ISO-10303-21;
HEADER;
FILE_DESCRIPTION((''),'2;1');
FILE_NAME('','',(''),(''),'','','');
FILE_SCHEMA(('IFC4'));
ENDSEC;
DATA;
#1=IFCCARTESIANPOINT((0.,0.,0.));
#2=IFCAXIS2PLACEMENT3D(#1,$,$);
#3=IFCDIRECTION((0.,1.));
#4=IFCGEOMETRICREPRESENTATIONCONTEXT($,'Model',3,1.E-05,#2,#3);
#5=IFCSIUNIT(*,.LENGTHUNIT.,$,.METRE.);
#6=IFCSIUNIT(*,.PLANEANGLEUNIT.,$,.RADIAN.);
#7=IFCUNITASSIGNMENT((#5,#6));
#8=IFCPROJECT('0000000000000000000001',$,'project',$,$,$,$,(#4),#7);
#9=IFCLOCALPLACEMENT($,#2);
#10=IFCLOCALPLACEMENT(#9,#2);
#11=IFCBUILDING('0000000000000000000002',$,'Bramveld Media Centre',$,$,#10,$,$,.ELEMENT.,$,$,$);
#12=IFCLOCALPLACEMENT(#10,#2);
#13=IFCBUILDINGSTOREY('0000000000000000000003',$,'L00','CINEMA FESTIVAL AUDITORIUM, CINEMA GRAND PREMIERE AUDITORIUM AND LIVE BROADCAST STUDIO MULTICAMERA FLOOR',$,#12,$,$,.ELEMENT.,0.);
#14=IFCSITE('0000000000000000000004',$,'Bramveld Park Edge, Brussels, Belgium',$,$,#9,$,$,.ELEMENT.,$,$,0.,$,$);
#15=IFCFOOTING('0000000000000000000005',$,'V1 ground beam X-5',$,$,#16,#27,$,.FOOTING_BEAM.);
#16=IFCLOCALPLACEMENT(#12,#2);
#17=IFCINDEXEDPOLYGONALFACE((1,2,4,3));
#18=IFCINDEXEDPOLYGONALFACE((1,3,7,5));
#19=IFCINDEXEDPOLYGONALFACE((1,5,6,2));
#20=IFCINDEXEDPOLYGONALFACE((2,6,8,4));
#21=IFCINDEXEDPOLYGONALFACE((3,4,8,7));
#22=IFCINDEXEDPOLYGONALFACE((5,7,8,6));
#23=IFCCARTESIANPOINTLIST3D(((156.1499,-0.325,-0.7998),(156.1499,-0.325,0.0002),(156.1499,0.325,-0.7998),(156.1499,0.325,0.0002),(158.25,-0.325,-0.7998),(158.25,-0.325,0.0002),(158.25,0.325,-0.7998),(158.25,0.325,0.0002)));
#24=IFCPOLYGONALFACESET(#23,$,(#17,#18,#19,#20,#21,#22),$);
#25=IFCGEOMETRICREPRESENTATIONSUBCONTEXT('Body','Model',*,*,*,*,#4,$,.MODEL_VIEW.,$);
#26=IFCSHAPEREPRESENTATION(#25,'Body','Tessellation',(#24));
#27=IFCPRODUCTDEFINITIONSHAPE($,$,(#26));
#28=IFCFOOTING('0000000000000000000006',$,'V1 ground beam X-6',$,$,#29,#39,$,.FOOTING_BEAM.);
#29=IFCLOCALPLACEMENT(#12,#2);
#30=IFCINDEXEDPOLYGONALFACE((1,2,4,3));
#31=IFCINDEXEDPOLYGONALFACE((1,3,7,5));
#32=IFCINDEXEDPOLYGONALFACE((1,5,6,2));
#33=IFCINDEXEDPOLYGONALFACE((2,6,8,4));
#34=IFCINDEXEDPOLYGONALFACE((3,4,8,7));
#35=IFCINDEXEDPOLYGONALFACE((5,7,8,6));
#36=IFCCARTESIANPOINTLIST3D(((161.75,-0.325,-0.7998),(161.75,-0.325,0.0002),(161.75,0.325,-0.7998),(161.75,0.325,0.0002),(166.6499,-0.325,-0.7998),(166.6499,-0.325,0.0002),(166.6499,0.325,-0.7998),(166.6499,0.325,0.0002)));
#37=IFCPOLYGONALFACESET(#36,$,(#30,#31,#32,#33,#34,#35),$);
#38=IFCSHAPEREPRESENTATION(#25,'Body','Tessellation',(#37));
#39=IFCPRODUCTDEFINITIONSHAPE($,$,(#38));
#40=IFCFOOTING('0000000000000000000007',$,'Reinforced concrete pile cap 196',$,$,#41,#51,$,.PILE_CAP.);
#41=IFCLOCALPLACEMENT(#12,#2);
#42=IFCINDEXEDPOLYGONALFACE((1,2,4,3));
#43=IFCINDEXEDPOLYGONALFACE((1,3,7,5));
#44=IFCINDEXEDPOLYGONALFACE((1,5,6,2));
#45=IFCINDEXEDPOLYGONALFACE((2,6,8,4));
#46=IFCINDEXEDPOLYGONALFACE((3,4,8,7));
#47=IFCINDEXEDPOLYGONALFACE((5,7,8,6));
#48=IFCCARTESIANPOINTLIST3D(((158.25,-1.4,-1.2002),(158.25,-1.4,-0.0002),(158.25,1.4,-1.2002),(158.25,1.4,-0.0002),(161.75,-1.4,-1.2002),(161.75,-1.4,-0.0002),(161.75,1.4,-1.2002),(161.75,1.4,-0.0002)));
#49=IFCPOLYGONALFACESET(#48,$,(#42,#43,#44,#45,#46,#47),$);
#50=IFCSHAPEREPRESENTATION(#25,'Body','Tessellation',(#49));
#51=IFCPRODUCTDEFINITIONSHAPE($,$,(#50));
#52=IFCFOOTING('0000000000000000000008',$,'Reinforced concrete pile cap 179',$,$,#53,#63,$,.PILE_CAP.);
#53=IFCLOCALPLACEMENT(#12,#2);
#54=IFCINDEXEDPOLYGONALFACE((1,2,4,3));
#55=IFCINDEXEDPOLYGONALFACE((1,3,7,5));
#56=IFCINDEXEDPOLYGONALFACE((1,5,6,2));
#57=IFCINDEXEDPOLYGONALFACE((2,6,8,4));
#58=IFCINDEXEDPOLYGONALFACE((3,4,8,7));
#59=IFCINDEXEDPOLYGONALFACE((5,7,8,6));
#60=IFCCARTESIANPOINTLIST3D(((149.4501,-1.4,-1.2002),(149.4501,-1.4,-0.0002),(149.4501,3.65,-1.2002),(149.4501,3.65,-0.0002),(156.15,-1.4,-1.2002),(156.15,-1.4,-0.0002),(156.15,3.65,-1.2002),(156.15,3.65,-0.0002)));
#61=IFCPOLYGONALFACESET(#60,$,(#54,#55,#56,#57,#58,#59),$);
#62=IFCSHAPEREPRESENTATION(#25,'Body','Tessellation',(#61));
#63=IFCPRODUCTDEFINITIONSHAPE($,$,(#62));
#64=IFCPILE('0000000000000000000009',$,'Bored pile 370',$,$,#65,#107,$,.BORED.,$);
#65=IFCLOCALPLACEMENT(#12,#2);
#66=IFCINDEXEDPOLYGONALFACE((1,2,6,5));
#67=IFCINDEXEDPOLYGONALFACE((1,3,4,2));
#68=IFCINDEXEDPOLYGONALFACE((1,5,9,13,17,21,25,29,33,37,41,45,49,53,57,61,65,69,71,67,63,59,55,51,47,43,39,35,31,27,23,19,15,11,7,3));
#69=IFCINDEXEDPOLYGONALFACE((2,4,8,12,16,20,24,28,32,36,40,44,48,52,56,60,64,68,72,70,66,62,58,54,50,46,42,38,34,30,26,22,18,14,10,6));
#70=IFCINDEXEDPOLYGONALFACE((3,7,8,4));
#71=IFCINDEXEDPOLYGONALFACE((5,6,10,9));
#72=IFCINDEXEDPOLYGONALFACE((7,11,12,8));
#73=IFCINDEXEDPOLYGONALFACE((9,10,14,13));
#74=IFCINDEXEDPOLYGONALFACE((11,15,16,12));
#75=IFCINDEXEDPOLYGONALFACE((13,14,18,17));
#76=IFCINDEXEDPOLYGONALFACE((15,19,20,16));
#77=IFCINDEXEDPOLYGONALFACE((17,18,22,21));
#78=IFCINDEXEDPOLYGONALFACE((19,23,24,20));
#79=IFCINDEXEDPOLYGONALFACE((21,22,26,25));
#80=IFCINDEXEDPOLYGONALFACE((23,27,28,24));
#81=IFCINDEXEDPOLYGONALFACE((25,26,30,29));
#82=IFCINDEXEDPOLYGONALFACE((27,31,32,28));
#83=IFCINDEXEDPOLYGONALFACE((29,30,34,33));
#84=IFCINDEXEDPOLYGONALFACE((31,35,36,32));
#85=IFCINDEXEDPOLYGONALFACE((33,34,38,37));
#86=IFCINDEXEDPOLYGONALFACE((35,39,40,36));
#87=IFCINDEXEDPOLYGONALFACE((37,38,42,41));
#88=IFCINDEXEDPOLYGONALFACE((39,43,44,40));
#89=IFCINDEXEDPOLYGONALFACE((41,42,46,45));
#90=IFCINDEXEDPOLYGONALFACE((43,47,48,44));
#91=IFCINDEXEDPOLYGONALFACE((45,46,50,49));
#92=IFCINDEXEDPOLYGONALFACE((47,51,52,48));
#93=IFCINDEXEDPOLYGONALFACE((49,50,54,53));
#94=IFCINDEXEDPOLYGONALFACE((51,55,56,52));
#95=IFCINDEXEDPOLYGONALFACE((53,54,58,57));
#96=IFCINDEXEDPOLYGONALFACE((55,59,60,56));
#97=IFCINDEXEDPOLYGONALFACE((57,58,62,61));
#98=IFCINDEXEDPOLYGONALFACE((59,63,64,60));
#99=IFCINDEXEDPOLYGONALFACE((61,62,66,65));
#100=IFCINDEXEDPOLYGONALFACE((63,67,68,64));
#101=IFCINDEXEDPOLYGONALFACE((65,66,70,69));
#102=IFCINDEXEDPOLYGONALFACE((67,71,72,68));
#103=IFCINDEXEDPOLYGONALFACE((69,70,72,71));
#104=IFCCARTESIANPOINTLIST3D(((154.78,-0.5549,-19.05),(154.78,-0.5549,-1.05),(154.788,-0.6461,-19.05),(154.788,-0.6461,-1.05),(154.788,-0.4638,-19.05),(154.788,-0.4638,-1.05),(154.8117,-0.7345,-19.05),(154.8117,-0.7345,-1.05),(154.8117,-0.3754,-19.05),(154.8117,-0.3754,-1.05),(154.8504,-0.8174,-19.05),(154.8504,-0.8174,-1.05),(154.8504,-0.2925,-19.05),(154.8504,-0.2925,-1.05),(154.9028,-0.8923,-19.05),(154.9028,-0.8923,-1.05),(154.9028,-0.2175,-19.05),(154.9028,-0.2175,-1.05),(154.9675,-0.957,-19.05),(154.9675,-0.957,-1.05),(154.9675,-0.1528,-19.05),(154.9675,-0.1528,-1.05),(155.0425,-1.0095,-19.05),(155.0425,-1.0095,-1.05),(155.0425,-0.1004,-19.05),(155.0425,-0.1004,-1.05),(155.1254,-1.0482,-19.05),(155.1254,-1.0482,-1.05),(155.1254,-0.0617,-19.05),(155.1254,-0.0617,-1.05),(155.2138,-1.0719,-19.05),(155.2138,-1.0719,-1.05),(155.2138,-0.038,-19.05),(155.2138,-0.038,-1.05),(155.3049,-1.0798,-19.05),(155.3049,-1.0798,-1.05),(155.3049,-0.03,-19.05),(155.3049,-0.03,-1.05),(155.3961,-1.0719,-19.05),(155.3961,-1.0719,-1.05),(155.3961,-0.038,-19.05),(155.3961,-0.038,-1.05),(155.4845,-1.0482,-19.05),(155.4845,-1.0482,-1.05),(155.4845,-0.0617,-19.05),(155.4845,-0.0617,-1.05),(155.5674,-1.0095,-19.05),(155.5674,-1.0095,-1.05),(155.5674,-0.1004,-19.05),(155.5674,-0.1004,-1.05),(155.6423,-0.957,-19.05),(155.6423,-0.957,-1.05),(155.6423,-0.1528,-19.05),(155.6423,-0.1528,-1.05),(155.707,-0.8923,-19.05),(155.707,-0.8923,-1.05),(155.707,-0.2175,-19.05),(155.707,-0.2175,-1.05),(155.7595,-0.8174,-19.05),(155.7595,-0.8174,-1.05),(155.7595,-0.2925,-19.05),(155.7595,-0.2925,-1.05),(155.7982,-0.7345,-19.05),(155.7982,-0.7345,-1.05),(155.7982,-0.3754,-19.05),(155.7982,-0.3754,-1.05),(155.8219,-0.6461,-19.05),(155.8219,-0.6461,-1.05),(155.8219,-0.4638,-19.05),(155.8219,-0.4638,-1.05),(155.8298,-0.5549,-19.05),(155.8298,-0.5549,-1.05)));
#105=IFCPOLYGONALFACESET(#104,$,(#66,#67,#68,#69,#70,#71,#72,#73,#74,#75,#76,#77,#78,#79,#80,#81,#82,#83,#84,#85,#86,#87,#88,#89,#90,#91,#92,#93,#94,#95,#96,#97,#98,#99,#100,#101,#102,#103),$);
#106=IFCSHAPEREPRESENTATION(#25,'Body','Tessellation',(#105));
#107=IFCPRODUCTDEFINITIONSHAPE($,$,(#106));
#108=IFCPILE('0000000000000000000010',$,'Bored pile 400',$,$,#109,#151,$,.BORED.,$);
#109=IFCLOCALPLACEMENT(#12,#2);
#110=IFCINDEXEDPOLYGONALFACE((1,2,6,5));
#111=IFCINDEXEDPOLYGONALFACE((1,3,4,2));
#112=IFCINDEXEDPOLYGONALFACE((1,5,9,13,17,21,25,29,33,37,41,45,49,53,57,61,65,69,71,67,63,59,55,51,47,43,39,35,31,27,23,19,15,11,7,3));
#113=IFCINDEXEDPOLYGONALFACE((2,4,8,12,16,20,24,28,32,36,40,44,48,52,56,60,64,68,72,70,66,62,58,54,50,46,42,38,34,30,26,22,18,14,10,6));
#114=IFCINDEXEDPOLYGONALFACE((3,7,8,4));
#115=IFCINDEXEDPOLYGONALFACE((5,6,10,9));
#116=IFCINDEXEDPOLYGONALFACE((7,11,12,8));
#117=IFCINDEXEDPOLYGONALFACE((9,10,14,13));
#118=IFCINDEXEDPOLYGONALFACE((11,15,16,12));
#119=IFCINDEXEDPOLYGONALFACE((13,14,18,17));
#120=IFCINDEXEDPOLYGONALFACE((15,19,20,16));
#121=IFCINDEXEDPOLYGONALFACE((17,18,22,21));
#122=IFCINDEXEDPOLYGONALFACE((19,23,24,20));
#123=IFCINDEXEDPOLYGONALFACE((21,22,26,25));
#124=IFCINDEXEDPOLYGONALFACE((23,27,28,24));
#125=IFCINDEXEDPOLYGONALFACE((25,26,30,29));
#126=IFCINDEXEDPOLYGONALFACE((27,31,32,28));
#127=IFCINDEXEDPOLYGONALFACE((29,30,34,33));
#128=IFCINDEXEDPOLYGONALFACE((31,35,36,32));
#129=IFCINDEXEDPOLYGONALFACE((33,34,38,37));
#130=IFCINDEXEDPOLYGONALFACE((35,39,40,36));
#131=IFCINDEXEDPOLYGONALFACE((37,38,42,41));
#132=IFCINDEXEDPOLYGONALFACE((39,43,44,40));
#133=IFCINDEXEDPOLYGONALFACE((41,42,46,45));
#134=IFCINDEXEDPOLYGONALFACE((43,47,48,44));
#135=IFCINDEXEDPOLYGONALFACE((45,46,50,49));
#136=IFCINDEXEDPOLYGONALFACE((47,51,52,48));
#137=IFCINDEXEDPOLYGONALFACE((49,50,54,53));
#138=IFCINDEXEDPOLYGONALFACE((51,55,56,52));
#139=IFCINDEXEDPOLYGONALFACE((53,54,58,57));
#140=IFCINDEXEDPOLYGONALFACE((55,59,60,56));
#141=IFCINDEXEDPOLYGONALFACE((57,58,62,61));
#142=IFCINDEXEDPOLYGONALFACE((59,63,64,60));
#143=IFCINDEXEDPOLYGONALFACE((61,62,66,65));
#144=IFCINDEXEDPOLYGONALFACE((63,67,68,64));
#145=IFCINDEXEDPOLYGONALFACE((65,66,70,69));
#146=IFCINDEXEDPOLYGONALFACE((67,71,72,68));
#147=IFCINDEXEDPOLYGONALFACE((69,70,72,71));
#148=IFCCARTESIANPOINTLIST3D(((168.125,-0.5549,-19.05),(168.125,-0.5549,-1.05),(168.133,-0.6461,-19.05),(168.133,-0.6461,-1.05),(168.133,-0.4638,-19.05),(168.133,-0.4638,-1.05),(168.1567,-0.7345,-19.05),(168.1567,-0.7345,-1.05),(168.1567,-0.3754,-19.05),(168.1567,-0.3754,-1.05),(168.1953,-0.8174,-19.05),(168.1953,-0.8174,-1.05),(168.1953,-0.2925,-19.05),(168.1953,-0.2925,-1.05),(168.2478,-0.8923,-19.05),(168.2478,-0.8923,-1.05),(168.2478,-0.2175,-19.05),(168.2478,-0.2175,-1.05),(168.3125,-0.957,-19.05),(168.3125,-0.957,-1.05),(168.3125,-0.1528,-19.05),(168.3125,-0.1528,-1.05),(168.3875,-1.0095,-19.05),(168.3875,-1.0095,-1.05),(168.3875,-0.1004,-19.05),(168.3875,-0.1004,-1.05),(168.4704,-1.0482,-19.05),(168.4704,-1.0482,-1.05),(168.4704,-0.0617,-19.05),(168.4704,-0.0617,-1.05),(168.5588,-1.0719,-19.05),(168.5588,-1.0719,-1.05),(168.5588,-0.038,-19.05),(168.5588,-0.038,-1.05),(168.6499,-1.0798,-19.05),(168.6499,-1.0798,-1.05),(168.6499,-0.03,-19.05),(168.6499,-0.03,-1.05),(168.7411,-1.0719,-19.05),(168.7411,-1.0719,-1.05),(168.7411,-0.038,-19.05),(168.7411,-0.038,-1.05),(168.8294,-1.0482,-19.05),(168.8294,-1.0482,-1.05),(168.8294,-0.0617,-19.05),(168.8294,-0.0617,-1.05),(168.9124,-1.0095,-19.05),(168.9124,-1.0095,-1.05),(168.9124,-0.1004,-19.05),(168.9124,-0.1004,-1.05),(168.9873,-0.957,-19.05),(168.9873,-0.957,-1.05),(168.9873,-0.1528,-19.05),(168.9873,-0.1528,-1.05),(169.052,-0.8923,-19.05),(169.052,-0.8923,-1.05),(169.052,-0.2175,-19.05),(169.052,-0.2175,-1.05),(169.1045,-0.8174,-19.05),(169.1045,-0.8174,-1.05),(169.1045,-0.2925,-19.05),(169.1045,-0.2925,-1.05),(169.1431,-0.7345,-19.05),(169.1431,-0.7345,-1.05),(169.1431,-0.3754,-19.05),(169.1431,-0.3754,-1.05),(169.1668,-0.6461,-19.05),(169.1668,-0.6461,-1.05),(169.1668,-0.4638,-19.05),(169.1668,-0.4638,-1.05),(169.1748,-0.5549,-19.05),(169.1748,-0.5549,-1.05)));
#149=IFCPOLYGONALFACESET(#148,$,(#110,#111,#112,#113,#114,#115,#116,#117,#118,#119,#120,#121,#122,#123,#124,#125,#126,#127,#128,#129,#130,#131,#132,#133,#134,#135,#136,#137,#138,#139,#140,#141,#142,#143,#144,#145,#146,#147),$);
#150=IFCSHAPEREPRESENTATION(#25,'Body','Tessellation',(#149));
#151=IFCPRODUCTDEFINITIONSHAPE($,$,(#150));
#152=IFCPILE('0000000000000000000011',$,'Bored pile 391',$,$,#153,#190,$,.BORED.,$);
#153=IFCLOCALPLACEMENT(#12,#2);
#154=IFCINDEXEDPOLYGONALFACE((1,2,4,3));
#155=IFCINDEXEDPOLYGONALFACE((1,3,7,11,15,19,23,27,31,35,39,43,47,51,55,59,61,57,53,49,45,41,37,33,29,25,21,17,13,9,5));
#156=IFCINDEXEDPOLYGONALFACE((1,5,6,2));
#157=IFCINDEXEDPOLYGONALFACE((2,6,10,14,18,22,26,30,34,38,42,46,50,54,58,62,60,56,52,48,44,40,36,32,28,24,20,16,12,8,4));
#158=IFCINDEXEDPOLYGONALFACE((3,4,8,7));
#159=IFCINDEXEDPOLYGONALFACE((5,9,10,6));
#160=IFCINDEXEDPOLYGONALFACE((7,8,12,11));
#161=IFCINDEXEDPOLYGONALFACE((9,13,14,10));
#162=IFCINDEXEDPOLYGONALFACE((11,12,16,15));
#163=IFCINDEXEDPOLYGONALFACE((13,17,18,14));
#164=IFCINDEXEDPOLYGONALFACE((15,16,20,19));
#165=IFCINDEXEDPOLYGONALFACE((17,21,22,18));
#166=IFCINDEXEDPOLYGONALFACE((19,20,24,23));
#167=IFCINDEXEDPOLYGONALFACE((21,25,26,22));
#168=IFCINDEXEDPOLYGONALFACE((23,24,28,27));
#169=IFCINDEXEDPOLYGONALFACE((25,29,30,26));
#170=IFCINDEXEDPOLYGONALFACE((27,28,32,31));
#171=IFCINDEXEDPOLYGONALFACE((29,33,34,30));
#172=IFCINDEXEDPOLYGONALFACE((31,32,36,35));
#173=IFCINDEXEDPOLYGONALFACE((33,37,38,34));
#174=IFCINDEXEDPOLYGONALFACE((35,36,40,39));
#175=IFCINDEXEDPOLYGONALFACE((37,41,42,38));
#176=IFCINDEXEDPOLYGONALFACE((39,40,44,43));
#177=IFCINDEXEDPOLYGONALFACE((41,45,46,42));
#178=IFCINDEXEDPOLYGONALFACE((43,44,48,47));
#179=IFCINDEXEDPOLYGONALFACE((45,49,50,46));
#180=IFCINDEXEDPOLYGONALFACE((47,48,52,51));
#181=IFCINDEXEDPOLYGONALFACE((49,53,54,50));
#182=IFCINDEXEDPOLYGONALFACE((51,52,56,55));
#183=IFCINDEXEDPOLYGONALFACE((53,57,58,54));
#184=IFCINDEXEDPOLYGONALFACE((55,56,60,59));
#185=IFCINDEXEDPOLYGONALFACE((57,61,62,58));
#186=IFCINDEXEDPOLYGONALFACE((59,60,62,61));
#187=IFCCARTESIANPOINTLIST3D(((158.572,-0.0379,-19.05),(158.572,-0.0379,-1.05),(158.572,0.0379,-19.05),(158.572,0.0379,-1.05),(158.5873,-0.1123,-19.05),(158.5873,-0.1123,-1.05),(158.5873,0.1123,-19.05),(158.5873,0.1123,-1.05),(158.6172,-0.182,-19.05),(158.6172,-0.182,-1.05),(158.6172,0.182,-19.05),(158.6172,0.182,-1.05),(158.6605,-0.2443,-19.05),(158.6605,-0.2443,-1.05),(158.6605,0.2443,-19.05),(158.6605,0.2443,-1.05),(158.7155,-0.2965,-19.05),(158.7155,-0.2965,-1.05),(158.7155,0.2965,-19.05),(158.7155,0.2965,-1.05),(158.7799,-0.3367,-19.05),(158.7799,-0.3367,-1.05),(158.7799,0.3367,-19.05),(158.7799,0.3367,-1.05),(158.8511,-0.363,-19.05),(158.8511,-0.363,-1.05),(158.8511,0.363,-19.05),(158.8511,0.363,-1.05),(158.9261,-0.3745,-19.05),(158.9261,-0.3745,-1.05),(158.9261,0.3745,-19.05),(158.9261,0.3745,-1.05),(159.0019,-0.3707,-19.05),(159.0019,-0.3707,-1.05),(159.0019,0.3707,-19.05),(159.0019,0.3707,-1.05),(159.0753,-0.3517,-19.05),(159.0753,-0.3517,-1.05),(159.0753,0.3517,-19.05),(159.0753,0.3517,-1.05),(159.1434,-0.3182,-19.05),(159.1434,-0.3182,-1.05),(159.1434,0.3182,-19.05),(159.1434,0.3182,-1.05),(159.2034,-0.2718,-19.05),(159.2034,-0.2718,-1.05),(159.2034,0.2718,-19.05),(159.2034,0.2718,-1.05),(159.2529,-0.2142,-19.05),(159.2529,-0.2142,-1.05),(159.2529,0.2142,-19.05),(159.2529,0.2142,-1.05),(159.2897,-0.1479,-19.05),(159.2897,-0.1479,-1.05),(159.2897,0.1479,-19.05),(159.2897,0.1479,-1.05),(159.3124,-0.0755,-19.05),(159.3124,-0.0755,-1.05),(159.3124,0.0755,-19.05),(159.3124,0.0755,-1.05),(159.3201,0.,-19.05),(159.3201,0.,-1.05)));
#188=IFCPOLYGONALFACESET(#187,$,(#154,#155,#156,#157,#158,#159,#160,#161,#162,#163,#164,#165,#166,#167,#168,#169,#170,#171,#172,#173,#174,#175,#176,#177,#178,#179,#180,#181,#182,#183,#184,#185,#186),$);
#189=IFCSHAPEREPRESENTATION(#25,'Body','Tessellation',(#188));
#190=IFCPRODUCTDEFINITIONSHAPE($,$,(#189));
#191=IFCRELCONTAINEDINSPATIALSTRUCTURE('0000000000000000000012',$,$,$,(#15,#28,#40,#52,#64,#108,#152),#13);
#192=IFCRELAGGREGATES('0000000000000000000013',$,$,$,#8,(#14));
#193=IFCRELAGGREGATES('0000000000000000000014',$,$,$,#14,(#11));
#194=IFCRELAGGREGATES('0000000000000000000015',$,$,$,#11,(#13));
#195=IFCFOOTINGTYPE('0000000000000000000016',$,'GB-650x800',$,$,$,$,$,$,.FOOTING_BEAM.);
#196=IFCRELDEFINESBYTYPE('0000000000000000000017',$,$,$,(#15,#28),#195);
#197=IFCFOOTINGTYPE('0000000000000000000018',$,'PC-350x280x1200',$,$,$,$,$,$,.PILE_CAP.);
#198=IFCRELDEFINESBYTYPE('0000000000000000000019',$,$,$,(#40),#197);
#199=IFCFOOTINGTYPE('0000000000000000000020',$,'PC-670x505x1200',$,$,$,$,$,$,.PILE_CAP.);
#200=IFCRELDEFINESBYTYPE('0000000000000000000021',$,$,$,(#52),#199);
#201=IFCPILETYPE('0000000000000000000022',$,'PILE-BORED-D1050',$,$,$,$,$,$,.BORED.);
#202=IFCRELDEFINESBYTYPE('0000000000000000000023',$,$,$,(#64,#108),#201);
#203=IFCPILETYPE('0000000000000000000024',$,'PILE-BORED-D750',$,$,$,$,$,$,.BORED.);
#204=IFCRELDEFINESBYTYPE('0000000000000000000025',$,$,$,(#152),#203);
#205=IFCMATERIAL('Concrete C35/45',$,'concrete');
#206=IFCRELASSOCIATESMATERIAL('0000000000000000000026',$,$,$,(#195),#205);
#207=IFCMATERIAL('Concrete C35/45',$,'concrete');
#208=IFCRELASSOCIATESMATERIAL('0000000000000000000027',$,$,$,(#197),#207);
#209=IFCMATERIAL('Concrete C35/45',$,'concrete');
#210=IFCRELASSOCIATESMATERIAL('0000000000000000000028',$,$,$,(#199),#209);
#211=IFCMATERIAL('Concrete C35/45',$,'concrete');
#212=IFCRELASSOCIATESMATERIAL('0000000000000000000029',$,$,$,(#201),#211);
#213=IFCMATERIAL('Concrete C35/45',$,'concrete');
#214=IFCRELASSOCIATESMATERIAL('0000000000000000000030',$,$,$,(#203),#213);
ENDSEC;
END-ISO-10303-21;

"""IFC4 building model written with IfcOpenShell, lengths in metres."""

from ifc_helpers import new_model, si_unit, direction, frame, origin, origin_2d, place, context, subcontext, project, spatial, rectangle, circle, extrude, material, material_profile, profile_set, type_object, element, save


model = new_model("IFC4")

# Units and contexts
model_context = context("Model", 3, precision=1e-05, world=origin(), true_north=direction((0.0, 1.0)))
body_context = subcontext(model_context, "Body", "Model", "MODEL_VIEW")
ifc_project = project(units=[si_unit("LENGTHUNIT", "METRE"), si_unit("PLANEANGLEUNIT", "RADIAN")], contexts=[model_context])

# Site, building, storey
site_placement = place(None, origin())
site = spatial("IfcSite", under=ifc_project, at=site_placement, Name="Bramveld Park Edge, Brussels, Belgium", CompositionType="ELEMENT", RefElevation=0.0)
building_placement = place(site_placement, origin())
building = spatial("IfcBuilding", under=site, at=building_placement, Name="Bramveld Media Centre", CompositionType="ELEMENT")
storey_placement = place(building_placement, origin())
storey = spatial("IfcBuildingStorey", under=building, at=storey_placement, Name="L00", Description="CINEMA FESTIVAL AUDITORIUM, CINEMA GRAND PREMIERE AUDITORIUM AND LIVE BROADCAST STUDIO MULTICAMERA FLOOR", CompositionType="ELEMENT", Elevation=0.0)

# Footings
ifc_material_1 = material(Name="Concrete C35/45", Category="concrete")
footing_type_1 = type_object("IfcFootingType", Name="GB-650x800", PredefinedType="FOOTING_BEAM", material=ifc_material_1)
footing_1_placement = place(storey_placement, frame((157.2, 0.0, -0.7998), z_axis=(0.0, 0.0, 1.0), x_axis=(1.0, 0.0, 0.0)))
element("IfcFooting", 1, at=footing_1_placement, inside=storey, type_object=footing_type_1, Name="V1 ground beam X-5", PredefinedType="FOOTING_BEAM", context=body_context, shape_type="SweptSolid", body=[
    extrude(rectangle(XDim=2.1001, YDim=0.6499, at=origin_2d()), origin(), (0.0, 0.0, 1.0), 0.8),
])
footing_2_placement = place(storey_placement, frame((164.2, 0.0, -0.7998), z_axis=(0.0, 0.0, 1.0), x_axis=(1.0, 0.0, 0.0)))
element("IfcFooting", 2, at=footing_2_placement, inside=storey, type_object=footing_type_1, Name="V1 ground beam X-6", PredefinedType="FOOTING_BEAM", context=body_context, shape_type="SweptSolid", body=[
    extrude(rectangle(XDim=4.8999, YDim=0.6499, at=origin_2d()), origin(), (0.0, 0.0, 1.0), 0.8),
])
ifc_material_2 = material(Name="Concrete C35/45", Category="concrete")
footing_type_2 = type_object("IfcFootingType", Name="PC-350x280x1200", PredefinedType="PILE_CAP", material=ifc_material_2)
footing_3_placement = place(storey_placement, frame((160.0, 0.0, -1.2002), z_axis=(0.0, 0.0, 1.0), x_axis=(1.0, 0.0, 0.0)))
element("IfcFooting", 3, at=footing_3_placement, inside=storey, type_object=footing_type_2, Name="Reinforced concrete pile cap 196", PredefinedType="PILE_CAP", context=body_context, shape_type="SweptSolid", body=[
    extrude(rectangle(XDim=3.5, YDim=2.8, at=origin_2d()), origin(), (0.0, 0.0, 1.0), 1.2),
])
ifc_material_3 = material(Name="Concrete C35/45", Category="concrete")
footing_type_3 = type_object("IfcFootingType", Name="PC-670x505x1200", PredefinedType="PILE_CAP", material=ifc_material_3)
footing_4_placement = place(storey_placement, frame((152.8, 1.125, -1.2002), z_axis=(0.0, 0.0, 1.0), x_axis=(1.0, 0.0, 0.0)))
element("IfcFooting", 4, at=footing_4_placement, inside=storey, type_object=footing_type_3, Name="Reinforced concrete pile cap 179", PredefinedType="PILE_CAP", context=body_context, shape_type="SweptSolid", body=[
    extrude(rectangle(XDim=6.7, YDim=5.05, at=origin_2d()), origin(), (0.0, 0.0, 1.0), 1.2),
])

# Piles
ifc_material_4 = material(Name="Concrete C35/45", Category="concrete")
ifc_material_profile_1 = material_profile(ifc_material_4, circle(Radius=0.5249, at=origin_2d()), Name="BORED D1050")
ifc_profile_set_1 = profile_set([ifc_material_profile_1], Name="Concrete C35/45")
pile_type_1 = type_object("IfcPileType", Name="PILE-BORED-D1050", PredefinedType="BORED", material=ifc_profile_set_1)
for number, where, z_axis, x_axis, name in (
    (5, (155.3049, -0.5549, -1.05), (0.0, 0.0, -1.0), (1.0, 0.0, 0.0), "Bored pile 370"),
    (6, (168.6499, -0.5549, -1.05), (0.0, 0.0, -1.0), (1.0, 0.0, 0.0), "Bored pile 400"),
):
    element("IfcPile", number, at=place(storey_placement, frame(where, z_axis=z_axis, x_axis=x_axis)), inside=storey, type_object=pile_type_1, Name=name, PredefinedType="BORED", context=body_context, shape_type="SweptSolid", body=[
        extrude(circle(Radius=0.5249, at=origin_2d()), origin(), (0.0, 0.0, 1.0), 18.0),
    ])
ifc_material_5 = material(Name="Concrete C35/45", Category="concrete")
ifc_material_profile_2 = material_profile(ifc_material_5, circle(Radius=0.375, at=origin_2d()), Name="BORED D750")
ifc_profile_set_2 = profile_set([ifc_material_profile_2], Name="Concrete C35/45")
pile_type_2 = type_object("IfcPileType", Name="PILE-BORED-D750", PredefinedType="BORED", material=ifc_profile_set_2)
for number, where, z_axis, x_axis, name in (
    (7, (158.9451, 0.0, -1.05), (0.0, 0.0, -1.0), (1.0, 0.0, 0.0), "Bored pile 391"),
):
    element("IfcPile", number, at=place(storey_placement, frame(where, z_axis=z_axis, x_axis=x_axis)), inside=storey, type_object=pile_type_2, Name=name, PredefinedType="BORED", context=body_context, shape_type="SweptSolid", body=[
        extrude(circle(Radius=0.375, at=origin_2d()), origin(), (0.0, 0.0, 1.0), 18.0),
    ])

save(model, "model.ifc")
